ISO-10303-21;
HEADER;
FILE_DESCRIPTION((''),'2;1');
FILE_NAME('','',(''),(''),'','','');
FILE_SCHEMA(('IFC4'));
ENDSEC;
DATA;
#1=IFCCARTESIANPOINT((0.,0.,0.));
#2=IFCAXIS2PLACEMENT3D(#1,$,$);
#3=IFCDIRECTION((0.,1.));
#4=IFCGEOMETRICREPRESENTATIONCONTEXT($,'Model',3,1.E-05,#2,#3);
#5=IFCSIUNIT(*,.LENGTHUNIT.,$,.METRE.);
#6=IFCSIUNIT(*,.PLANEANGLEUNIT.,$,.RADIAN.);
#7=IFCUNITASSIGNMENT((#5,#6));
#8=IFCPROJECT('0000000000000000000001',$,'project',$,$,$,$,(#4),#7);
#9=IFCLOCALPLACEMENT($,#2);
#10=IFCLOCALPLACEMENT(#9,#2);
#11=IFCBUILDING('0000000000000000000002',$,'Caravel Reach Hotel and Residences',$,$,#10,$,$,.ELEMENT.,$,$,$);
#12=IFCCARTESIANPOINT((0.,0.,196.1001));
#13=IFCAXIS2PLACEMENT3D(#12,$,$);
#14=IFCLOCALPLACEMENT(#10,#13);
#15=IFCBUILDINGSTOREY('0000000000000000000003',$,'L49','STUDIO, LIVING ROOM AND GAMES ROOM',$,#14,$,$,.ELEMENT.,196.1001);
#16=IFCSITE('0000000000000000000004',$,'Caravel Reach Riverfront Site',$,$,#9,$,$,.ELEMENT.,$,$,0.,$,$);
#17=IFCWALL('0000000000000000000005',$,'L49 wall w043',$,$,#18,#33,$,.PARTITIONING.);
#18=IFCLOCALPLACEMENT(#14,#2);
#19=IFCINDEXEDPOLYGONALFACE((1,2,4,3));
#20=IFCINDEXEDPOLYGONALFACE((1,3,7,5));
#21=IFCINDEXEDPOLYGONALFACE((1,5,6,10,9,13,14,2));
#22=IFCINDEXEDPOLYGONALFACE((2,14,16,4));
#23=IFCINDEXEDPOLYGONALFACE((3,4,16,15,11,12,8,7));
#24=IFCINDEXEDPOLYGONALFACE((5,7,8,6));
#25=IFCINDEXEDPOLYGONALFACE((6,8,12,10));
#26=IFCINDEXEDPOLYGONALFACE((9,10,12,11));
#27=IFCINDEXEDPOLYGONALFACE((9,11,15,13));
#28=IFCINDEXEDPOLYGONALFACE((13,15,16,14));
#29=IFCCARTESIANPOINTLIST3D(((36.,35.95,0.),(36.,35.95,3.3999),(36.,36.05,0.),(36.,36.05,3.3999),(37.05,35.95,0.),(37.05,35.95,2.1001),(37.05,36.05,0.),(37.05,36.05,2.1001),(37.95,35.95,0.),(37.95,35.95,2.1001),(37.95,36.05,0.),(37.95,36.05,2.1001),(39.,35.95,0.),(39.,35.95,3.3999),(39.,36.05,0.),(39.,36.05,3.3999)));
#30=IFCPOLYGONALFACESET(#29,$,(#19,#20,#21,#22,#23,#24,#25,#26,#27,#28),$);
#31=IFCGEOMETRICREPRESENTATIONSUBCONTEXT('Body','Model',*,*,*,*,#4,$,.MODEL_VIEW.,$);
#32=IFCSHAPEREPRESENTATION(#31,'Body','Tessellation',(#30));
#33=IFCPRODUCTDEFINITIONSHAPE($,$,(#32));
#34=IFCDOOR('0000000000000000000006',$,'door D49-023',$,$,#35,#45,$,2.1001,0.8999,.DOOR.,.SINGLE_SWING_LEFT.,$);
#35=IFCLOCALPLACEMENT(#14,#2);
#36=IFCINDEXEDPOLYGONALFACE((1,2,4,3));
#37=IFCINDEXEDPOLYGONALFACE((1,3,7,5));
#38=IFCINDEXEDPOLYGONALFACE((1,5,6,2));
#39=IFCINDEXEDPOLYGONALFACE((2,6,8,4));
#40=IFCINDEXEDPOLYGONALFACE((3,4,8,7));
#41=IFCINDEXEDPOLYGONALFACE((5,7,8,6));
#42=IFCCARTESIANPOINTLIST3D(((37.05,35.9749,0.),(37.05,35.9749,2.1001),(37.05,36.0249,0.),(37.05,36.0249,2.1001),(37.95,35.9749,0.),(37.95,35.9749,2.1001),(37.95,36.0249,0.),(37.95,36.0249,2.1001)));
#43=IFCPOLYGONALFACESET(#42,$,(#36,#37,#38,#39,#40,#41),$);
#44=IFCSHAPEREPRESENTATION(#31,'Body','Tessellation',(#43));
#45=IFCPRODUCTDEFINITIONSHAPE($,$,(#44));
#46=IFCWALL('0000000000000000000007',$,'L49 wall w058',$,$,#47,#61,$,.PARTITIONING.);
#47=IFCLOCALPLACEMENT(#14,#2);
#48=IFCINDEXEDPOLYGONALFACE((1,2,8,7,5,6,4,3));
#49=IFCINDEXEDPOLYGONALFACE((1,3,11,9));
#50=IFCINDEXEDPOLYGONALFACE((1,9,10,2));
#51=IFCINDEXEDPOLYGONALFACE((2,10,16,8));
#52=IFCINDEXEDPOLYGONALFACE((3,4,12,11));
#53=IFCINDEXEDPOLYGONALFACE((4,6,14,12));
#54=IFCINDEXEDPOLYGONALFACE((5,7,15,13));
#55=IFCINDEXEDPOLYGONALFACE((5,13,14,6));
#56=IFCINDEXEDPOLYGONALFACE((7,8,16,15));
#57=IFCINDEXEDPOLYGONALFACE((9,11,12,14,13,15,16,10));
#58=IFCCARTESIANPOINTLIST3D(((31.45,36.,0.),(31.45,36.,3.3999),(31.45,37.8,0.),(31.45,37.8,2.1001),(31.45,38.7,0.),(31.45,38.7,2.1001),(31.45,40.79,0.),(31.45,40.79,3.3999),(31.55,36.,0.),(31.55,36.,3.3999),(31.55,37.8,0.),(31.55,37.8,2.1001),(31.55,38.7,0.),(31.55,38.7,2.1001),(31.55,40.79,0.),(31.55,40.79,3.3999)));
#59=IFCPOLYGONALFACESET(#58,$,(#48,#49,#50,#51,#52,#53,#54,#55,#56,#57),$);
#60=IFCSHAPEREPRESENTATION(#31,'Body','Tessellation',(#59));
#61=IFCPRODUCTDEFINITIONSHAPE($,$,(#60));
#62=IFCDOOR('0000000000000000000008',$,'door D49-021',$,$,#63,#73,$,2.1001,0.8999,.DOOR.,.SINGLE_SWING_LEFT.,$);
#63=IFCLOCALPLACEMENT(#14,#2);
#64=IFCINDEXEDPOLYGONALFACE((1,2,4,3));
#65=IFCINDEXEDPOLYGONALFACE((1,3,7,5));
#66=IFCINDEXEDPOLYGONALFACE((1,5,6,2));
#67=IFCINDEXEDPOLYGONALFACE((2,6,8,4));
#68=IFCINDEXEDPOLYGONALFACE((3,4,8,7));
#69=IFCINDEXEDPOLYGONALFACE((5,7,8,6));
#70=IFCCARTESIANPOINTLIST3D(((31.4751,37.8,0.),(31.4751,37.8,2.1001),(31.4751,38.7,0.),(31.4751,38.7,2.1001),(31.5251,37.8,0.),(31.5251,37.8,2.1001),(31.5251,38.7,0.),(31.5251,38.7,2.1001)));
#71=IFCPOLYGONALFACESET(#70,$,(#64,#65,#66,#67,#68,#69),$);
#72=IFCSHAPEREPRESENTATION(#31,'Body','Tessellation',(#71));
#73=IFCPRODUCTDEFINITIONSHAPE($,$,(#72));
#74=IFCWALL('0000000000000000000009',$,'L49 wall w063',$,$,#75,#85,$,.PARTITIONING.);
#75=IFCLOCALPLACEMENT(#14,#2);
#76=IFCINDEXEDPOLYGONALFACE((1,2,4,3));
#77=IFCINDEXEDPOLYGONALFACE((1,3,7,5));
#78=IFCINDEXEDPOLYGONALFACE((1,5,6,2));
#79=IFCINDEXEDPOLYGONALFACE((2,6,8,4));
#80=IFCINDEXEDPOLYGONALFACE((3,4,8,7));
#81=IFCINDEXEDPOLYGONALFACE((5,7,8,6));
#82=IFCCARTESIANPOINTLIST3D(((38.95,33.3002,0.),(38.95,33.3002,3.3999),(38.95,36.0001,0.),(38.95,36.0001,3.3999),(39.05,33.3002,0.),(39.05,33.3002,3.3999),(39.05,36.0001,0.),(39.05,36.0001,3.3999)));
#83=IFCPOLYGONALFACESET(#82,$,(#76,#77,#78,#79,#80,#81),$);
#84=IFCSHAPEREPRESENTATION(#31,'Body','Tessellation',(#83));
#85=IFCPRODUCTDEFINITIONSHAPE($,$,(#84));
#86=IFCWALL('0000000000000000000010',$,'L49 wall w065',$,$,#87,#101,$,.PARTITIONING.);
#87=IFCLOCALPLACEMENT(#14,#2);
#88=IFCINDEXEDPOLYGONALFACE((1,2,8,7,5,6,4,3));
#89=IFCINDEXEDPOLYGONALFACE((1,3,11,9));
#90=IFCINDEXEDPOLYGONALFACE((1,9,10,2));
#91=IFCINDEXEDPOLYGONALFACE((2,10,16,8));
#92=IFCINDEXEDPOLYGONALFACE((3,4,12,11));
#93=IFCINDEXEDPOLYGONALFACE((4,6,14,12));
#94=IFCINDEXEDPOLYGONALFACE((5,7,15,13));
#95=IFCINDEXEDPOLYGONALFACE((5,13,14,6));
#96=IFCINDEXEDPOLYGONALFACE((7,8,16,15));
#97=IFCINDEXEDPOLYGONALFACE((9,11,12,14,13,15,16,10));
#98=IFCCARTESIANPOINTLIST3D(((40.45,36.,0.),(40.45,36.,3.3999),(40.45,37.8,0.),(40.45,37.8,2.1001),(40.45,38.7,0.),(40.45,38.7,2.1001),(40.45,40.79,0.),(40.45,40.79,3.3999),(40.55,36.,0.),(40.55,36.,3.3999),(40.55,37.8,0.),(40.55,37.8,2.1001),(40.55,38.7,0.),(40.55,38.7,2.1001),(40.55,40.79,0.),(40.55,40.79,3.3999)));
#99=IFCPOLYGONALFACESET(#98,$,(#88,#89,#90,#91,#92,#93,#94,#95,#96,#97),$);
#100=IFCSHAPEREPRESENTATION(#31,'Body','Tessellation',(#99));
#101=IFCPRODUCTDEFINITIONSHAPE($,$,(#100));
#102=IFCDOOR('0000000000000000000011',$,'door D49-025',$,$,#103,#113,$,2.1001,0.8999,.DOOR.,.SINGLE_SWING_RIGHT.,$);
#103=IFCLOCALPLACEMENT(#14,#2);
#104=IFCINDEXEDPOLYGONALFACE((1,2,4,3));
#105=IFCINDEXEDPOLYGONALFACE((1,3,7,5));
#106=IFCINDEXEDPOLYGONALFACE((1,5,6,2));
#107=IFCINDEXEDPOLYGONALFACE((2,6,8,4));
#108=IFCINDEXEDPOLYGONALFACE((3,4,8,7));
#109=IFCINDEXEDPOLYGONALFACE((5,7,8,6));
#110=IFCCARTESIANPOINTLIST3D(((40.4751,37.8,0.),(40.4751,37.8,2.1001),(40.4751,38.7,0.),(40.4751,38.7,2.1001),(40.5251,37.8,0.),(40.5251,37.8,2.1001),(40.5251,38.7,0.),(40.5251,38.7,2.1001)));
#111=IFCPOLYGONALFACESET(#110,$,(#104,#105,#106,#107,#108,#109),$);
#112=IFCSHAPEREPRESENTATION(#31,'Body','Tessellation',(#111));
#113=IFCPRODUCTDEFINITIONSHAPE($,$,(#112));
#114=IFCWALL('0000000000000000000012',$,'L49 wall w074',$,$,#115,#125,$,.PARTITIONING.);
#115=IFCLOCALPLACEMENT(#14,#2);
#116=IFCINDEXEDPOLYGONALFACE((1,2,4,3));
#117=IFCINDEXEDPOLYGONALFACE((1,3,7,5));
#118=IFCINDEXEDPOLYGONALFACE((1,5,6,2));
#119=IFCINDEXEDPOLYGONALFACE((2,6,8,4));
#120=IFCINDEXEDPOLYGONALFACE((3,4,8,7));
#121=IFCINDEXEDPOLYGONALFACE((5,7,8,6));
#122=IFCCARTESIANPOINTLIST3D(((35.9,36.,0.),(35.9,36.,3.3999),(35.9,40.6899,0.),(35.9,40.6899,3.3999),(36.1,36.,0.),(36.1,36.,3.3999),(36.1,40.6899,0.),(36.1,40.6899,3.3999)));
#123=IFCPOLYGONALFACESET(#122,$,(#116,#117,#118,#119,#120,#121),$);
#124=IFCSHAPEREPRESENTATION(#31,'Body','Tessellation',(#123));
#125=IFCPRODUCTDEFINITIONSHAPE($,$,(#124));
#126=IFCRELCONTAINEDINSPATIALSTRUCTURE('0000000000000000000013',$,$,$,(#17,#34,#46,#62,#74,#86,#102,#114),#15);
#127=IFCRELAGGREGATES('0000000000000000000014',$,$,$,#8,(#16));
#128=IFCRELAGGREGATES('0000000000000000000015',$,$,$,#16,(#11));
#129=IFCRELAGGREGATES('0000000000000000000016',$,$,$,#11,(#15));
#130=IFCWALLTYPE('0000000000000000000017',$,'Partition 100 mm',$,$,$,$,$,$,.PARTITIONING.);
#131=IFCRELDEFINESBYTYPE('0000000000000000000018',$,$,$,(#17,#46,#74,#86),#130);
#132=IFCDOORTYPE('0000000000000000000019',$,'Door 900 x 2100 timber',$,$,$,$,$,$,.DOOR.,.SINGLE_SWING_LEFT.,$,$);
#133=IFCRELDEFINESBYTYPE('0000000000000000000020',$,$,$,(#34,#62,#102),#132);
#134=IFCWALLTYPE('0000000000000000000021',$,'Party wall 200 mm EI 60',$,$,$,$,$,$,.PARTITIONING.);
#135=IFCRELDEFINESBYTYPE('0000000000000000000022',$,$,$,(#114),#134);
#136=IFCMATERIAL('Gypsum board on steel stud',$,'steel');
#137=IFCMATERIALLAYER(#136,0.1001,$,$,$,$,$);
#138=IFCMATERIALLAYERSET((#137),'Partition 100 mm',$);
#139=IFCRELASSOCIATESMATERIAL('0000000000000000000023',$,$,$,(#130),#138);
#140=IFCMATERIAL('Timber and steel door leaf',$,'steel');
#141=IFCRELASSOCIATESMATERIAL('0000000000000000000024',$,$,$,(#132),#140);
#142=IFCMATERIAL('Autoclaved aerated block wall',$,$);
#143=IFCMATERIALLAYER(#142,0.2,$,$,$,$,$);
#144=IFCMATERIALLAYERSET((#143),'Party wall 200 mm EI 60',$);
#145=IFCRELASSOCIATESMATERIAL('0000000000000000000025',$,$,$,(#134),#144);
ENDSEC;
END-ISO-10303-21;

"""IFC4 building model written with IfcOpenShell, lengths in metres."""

from ifc_helpers import new_model, si_unit, direction, frame, frame_2d, origin, place, context, subcontext, project, spatial, rectangle, extrude, material, layer, layer_set, type_object, element, fill, save


model = new_model("IFC4")

# Units and contexts
model_context = context("Model", 3, precision=1e-05, world=origin(), true_north=direction((0.0, 1.0)))
body_context = subcontext(model_context, "Body", "Model", "MODEL_VIEW")
ifc_project = project(units=[si_unit("LENGTHUNIT", "METRE"), si_unit("PLANEANGLEUNIT", "RADIAN")], contexts=[model_context])

# Site, building, storey
site_placement = place(None, origin())
site = spatial("IfcSite", under=ifc_project, at=site_placement, Name="Caravel Reach Riverfront Site", CompositionType="ELEMENT", RefElevation=0.0)
building_placement = place(site_placement, origin())
building = spatial("IfcBuilding", under=site, at=building_placement, Name="Caravel Reach Hotel and Residences", CompositionType="ELEMENT")
storey_placement = place(building_placement, frame((0.0, 0.0, 196.1001)))
storey = spatial("IfcBuildingStorey", under=building, at=storey_placement, Name="L49", Description="STUDIO, LIVING ROOM AND GAMES ROOM", CompositionType="ELEMENT", Elevation=196.1001)

# Shared definitions
ifc_material_1 = material(Name="Gypsum board on steel stud", Category="steel")
ifc_layer_1 = layer(ifc_material_1, 0.1001)
ifc_layer_set_1 = layer_set([ifc_layer_1], Name="Partition 100 mm")
wall_type_1 = type_object("IfcWallType", Name="Partition 100 mm", PredefinedType="PARTITIONING", material=ifc_layer_set_1)

# Shared definitions
ifc_material_2 = material(Name="Timber and steel door leaf", Category="steel")
door_type_1 = type_object("IfcDoorType", Name="Door 900 x 2100 timber", OperationType="SINGLE_SWING_LEFT", PredefinedType="DOOR", material=ifc_material_2)

# Walls, openings, doors
wall_1_placement = place(storey_placement, frame((36.0, 36.0, 0.0), z_axis=(0.0, 0.0, 1.0), x_axis=(1.0, 0.0, 0.0)))
wall_1 = element("IfcWall", 1, at=wall_1_placement, inside=storey, type_object=wall_type_1, Name="L49 wall w043", PredefinedType="PARTITIONING", context=body_context, shape_type="SweptSolid", body=[
    extrude(rectangle(XDim=3.0, YDim=0.1001, at=frame_2d((1.5, 0.0))), origin(), (0.0, 0.0, 1.0), 3.3999),
])
opening_1_placement = place(wall_1_placement, frame((1.05, 0.0, 0.0)))
opening_1 = element("IfcOpeningElement", 2, at=opening_1_placement, cuts=wall_1, PredefinedType="OPENING", context=body_context, shape_type="SweptSolid", body=[
    extrude(rectangle(XDim=0.8999, YDim=2.1001, at=frame_2d((0.45, 1.05))), frame((0.0, 0.0601, 0.0), z_axis=(0.0, -1.0, 0.0), x_axis=(1.0, 0.0, 0.0)), (0.0, 0.0, 1.0), 0.1201),
])
door_1_placement = place(opening_1_placement, origin())
door_1 = element("IfcDoor", 3, at=door_1_placement, inside=storey, type_object=door_type_1, Name="door D49-023", OperationType="SINGLE_SWING_LEFT", OverallHeight=2.1001, OverallWidth=0.8999, PredefinedType="DOOR", context=body_context, shape_type="SweptSolid", body=[
    extrude(rectangle(XDim=0.8999, YDim=2.1001, at=frame_2d((0.45, 1.05))), frame((0.0, 0.0249, 0.0), z_axis=(0.0, -1.0, 0.0), x_axis=(1.0, 0.0, 0.0)), (0.0, 0.0, 1.0), 0.05),
])
fill(opening_1, door_1)
wall_2_placement = place(storey_placement, frame((31.5, 36.0, 0.0), z_axis=(0.0, 0.0, 1.0), x_axis=(0.0, 1.0, 0.0)))
wall_2 = element("IfcWall", 4, at=wall_2_placement, inside=storey, type_object=wall_type_1, Name="L49 wall w058", PredefinedType="PARTITIONING", context=body_context, shape_type="SweptSolid", body=[
    extrude(rectangle(XDim=4.79, YDim=0.1001, at=frame_2d((2.395, 0.0))), origin(), (0.0, 0.0, 1.0), 3.3999),
])
opening_2_placement = place(wall_2_placement, frame((1.8, 0.0, 0.0)))
opening_2 = element("IfcOpeningElement", 5, at=opening_2_placement, cuts=wall_2, PredefinedType="OPENING", context=body_context, shape_type="SweptSolid", body=[
    extrude(rectangle(XDim=0.8999, YDim=2.1001, at=frame_2d((0.45, 1.05))), frame((0.0, 0.0601, 0.0), z_axis=(0.0, -1.0, 0.0), x_axis=(1.0, 0.0, 0.0)), (0.0, 0.0, 1.0), 0.1201),
])
door_2_placement = place(opening_2_placement, origin())
door_2 = element("IfcDoor", 6, at=door_2_placement, inside=storey, type_object=door_type_1, Name="door D49-021", OperationType="SINGLE_SWING_LEFT", OverallHeight=2.1001, OverallWidth=0.8999, PredefinedType="DOOR", context=body_context, shape_type="SweptSolid", body=[
    extrude(rectangle(XDim=0.8999, YDim=2.1001, at=frame_2d((0.45, 1.05))), frame((0.0, 0.0249, 0.0), z_axis=(0.0, -1.0, 0.0), x_axis=(1.0, 0.0, 0.0)), (0.0, 0.0, 1.0), 0.05),
])
fill(opening_2, door_2)

# Wall
wall_3_placement = place(storey_placement, frame((39.0, 33.3, 0.0), z_axis=(0.0, 0.0, 1.0), x_axis=(0.0, 1.0, 0.0)))
element("IfcWall", 7, at=wall_3_placement, inside=storey, type_object=wall_type_1, Name="L49 wall w063", PredefinedType="PARTITIONING", context=body_context, shape_type="SweptSolid", body=[
    extrude(rectangle(XDim=2.7, YDim=0.1001, at=frame_2d((1.3501, 0.0))), origin(), (0.0, 0.0, 1.0), 3.3999),
])

# Wall, opening, door
wall_4_placement = place(storey_placement, frame((40.5, 36.0, 0.0), z_axis=(0.0, 0.0, 1.0), x_axis=(0.0, 1.0, 0.0)))
wall_4 = element("IfcWall", 8, at=wall_4_placement, inside=storey, type_object=wall_type_1, Name="L49 wall w065", PredefinedType="PARTITIONING", context=body_context, shape_type="SweptSolid", body=[
    extrude(rectangle(XDim=4.79, YDim=0.1001, at=frame_2d((2.395, 0.0))), origin(), (0.0, 0.0, 1.0), 3.3999),
])
opening_3_placement = place(wall_4_placement, frame((1.8, 0.0, 0.0)))
opening_3 = element("IfcOpeningElement", 9, at=opening_3_placement, cuts=wall_4, PredefinedType="OPENING", context=body_context, shape_type="SweptSolid", body=[
    extrude(rectangle(XDim=0.8999, YDim=2.1001, at=frame_2d((0.45, 1.05))), frame((0.0, 0.0601, 0.0), z_axis=(0.0, -1.0, 0.0), x_axis=(1.0, 0.0, 0.0)), (0.0, 0.0, 1.0), 0.1201),
])
door_3_placement = place(opening_3_placement, origin())
door_3 = element("IfcDoor", 10, at=door_3_placement, inside=storey, type_object=door_type_1, Name="door D49-025", OperationType="SINGLE_SWING_RIGHT", OverallHeight=2.1001, OverallWidth=0.8999, PredefinedType="DOOR", context=body_context, shape_type="SweptSolid", body=[
    extrude(rectangle(XDim=0.8999, YDim=2.1001, at=frame_2d((0.45, 1.05))), frame((0.0, 0.0249, 0.0), z_axis=(0.0, -1.0, 0.0), x_axis=(1.0, 0.0, 0.0)), (0.0, 0.0, 1.0), 0.05),
])
fill(opening_3, door_3)

# Wall
ifc_material_3 = material(Name="Autoclaved aerated block wall")
ifc_layer_2 = layer(ifc_material_3, 0.2)
ifc_layer_set_2 = layer_set([ifc_layer_2], Name="Party wall 200 mm EI 60")
wall_type_2 = type_object("IfcWallType", Name="Party wall 200 mm EI 60", PredefinedType="PARTITIONING", material=ifc_layer_set_2)
wall_5_placement = place(storey_placement, frame((36.0, 36.0, 0.0), z_axis=(0.0, 0.0, 1.0), x_axis=(0.0, 1.0, 0.0)))
element("IfcWall", 11, at=wall_5_placement, inside=storey, type_object=wall_type_2, Name="L49 wall w074", PredefinedType="PARTITIONING", context=body_context, shape_type="SweptSolid", body=[
    extrude(rectangle(XDim=4.6899, YDim=0.2, at=frame_2d((2.345, 0.0))), origin(), (0.0, 0.0, 1.0), 3.3999),
])

save(model, "model.ifc")
